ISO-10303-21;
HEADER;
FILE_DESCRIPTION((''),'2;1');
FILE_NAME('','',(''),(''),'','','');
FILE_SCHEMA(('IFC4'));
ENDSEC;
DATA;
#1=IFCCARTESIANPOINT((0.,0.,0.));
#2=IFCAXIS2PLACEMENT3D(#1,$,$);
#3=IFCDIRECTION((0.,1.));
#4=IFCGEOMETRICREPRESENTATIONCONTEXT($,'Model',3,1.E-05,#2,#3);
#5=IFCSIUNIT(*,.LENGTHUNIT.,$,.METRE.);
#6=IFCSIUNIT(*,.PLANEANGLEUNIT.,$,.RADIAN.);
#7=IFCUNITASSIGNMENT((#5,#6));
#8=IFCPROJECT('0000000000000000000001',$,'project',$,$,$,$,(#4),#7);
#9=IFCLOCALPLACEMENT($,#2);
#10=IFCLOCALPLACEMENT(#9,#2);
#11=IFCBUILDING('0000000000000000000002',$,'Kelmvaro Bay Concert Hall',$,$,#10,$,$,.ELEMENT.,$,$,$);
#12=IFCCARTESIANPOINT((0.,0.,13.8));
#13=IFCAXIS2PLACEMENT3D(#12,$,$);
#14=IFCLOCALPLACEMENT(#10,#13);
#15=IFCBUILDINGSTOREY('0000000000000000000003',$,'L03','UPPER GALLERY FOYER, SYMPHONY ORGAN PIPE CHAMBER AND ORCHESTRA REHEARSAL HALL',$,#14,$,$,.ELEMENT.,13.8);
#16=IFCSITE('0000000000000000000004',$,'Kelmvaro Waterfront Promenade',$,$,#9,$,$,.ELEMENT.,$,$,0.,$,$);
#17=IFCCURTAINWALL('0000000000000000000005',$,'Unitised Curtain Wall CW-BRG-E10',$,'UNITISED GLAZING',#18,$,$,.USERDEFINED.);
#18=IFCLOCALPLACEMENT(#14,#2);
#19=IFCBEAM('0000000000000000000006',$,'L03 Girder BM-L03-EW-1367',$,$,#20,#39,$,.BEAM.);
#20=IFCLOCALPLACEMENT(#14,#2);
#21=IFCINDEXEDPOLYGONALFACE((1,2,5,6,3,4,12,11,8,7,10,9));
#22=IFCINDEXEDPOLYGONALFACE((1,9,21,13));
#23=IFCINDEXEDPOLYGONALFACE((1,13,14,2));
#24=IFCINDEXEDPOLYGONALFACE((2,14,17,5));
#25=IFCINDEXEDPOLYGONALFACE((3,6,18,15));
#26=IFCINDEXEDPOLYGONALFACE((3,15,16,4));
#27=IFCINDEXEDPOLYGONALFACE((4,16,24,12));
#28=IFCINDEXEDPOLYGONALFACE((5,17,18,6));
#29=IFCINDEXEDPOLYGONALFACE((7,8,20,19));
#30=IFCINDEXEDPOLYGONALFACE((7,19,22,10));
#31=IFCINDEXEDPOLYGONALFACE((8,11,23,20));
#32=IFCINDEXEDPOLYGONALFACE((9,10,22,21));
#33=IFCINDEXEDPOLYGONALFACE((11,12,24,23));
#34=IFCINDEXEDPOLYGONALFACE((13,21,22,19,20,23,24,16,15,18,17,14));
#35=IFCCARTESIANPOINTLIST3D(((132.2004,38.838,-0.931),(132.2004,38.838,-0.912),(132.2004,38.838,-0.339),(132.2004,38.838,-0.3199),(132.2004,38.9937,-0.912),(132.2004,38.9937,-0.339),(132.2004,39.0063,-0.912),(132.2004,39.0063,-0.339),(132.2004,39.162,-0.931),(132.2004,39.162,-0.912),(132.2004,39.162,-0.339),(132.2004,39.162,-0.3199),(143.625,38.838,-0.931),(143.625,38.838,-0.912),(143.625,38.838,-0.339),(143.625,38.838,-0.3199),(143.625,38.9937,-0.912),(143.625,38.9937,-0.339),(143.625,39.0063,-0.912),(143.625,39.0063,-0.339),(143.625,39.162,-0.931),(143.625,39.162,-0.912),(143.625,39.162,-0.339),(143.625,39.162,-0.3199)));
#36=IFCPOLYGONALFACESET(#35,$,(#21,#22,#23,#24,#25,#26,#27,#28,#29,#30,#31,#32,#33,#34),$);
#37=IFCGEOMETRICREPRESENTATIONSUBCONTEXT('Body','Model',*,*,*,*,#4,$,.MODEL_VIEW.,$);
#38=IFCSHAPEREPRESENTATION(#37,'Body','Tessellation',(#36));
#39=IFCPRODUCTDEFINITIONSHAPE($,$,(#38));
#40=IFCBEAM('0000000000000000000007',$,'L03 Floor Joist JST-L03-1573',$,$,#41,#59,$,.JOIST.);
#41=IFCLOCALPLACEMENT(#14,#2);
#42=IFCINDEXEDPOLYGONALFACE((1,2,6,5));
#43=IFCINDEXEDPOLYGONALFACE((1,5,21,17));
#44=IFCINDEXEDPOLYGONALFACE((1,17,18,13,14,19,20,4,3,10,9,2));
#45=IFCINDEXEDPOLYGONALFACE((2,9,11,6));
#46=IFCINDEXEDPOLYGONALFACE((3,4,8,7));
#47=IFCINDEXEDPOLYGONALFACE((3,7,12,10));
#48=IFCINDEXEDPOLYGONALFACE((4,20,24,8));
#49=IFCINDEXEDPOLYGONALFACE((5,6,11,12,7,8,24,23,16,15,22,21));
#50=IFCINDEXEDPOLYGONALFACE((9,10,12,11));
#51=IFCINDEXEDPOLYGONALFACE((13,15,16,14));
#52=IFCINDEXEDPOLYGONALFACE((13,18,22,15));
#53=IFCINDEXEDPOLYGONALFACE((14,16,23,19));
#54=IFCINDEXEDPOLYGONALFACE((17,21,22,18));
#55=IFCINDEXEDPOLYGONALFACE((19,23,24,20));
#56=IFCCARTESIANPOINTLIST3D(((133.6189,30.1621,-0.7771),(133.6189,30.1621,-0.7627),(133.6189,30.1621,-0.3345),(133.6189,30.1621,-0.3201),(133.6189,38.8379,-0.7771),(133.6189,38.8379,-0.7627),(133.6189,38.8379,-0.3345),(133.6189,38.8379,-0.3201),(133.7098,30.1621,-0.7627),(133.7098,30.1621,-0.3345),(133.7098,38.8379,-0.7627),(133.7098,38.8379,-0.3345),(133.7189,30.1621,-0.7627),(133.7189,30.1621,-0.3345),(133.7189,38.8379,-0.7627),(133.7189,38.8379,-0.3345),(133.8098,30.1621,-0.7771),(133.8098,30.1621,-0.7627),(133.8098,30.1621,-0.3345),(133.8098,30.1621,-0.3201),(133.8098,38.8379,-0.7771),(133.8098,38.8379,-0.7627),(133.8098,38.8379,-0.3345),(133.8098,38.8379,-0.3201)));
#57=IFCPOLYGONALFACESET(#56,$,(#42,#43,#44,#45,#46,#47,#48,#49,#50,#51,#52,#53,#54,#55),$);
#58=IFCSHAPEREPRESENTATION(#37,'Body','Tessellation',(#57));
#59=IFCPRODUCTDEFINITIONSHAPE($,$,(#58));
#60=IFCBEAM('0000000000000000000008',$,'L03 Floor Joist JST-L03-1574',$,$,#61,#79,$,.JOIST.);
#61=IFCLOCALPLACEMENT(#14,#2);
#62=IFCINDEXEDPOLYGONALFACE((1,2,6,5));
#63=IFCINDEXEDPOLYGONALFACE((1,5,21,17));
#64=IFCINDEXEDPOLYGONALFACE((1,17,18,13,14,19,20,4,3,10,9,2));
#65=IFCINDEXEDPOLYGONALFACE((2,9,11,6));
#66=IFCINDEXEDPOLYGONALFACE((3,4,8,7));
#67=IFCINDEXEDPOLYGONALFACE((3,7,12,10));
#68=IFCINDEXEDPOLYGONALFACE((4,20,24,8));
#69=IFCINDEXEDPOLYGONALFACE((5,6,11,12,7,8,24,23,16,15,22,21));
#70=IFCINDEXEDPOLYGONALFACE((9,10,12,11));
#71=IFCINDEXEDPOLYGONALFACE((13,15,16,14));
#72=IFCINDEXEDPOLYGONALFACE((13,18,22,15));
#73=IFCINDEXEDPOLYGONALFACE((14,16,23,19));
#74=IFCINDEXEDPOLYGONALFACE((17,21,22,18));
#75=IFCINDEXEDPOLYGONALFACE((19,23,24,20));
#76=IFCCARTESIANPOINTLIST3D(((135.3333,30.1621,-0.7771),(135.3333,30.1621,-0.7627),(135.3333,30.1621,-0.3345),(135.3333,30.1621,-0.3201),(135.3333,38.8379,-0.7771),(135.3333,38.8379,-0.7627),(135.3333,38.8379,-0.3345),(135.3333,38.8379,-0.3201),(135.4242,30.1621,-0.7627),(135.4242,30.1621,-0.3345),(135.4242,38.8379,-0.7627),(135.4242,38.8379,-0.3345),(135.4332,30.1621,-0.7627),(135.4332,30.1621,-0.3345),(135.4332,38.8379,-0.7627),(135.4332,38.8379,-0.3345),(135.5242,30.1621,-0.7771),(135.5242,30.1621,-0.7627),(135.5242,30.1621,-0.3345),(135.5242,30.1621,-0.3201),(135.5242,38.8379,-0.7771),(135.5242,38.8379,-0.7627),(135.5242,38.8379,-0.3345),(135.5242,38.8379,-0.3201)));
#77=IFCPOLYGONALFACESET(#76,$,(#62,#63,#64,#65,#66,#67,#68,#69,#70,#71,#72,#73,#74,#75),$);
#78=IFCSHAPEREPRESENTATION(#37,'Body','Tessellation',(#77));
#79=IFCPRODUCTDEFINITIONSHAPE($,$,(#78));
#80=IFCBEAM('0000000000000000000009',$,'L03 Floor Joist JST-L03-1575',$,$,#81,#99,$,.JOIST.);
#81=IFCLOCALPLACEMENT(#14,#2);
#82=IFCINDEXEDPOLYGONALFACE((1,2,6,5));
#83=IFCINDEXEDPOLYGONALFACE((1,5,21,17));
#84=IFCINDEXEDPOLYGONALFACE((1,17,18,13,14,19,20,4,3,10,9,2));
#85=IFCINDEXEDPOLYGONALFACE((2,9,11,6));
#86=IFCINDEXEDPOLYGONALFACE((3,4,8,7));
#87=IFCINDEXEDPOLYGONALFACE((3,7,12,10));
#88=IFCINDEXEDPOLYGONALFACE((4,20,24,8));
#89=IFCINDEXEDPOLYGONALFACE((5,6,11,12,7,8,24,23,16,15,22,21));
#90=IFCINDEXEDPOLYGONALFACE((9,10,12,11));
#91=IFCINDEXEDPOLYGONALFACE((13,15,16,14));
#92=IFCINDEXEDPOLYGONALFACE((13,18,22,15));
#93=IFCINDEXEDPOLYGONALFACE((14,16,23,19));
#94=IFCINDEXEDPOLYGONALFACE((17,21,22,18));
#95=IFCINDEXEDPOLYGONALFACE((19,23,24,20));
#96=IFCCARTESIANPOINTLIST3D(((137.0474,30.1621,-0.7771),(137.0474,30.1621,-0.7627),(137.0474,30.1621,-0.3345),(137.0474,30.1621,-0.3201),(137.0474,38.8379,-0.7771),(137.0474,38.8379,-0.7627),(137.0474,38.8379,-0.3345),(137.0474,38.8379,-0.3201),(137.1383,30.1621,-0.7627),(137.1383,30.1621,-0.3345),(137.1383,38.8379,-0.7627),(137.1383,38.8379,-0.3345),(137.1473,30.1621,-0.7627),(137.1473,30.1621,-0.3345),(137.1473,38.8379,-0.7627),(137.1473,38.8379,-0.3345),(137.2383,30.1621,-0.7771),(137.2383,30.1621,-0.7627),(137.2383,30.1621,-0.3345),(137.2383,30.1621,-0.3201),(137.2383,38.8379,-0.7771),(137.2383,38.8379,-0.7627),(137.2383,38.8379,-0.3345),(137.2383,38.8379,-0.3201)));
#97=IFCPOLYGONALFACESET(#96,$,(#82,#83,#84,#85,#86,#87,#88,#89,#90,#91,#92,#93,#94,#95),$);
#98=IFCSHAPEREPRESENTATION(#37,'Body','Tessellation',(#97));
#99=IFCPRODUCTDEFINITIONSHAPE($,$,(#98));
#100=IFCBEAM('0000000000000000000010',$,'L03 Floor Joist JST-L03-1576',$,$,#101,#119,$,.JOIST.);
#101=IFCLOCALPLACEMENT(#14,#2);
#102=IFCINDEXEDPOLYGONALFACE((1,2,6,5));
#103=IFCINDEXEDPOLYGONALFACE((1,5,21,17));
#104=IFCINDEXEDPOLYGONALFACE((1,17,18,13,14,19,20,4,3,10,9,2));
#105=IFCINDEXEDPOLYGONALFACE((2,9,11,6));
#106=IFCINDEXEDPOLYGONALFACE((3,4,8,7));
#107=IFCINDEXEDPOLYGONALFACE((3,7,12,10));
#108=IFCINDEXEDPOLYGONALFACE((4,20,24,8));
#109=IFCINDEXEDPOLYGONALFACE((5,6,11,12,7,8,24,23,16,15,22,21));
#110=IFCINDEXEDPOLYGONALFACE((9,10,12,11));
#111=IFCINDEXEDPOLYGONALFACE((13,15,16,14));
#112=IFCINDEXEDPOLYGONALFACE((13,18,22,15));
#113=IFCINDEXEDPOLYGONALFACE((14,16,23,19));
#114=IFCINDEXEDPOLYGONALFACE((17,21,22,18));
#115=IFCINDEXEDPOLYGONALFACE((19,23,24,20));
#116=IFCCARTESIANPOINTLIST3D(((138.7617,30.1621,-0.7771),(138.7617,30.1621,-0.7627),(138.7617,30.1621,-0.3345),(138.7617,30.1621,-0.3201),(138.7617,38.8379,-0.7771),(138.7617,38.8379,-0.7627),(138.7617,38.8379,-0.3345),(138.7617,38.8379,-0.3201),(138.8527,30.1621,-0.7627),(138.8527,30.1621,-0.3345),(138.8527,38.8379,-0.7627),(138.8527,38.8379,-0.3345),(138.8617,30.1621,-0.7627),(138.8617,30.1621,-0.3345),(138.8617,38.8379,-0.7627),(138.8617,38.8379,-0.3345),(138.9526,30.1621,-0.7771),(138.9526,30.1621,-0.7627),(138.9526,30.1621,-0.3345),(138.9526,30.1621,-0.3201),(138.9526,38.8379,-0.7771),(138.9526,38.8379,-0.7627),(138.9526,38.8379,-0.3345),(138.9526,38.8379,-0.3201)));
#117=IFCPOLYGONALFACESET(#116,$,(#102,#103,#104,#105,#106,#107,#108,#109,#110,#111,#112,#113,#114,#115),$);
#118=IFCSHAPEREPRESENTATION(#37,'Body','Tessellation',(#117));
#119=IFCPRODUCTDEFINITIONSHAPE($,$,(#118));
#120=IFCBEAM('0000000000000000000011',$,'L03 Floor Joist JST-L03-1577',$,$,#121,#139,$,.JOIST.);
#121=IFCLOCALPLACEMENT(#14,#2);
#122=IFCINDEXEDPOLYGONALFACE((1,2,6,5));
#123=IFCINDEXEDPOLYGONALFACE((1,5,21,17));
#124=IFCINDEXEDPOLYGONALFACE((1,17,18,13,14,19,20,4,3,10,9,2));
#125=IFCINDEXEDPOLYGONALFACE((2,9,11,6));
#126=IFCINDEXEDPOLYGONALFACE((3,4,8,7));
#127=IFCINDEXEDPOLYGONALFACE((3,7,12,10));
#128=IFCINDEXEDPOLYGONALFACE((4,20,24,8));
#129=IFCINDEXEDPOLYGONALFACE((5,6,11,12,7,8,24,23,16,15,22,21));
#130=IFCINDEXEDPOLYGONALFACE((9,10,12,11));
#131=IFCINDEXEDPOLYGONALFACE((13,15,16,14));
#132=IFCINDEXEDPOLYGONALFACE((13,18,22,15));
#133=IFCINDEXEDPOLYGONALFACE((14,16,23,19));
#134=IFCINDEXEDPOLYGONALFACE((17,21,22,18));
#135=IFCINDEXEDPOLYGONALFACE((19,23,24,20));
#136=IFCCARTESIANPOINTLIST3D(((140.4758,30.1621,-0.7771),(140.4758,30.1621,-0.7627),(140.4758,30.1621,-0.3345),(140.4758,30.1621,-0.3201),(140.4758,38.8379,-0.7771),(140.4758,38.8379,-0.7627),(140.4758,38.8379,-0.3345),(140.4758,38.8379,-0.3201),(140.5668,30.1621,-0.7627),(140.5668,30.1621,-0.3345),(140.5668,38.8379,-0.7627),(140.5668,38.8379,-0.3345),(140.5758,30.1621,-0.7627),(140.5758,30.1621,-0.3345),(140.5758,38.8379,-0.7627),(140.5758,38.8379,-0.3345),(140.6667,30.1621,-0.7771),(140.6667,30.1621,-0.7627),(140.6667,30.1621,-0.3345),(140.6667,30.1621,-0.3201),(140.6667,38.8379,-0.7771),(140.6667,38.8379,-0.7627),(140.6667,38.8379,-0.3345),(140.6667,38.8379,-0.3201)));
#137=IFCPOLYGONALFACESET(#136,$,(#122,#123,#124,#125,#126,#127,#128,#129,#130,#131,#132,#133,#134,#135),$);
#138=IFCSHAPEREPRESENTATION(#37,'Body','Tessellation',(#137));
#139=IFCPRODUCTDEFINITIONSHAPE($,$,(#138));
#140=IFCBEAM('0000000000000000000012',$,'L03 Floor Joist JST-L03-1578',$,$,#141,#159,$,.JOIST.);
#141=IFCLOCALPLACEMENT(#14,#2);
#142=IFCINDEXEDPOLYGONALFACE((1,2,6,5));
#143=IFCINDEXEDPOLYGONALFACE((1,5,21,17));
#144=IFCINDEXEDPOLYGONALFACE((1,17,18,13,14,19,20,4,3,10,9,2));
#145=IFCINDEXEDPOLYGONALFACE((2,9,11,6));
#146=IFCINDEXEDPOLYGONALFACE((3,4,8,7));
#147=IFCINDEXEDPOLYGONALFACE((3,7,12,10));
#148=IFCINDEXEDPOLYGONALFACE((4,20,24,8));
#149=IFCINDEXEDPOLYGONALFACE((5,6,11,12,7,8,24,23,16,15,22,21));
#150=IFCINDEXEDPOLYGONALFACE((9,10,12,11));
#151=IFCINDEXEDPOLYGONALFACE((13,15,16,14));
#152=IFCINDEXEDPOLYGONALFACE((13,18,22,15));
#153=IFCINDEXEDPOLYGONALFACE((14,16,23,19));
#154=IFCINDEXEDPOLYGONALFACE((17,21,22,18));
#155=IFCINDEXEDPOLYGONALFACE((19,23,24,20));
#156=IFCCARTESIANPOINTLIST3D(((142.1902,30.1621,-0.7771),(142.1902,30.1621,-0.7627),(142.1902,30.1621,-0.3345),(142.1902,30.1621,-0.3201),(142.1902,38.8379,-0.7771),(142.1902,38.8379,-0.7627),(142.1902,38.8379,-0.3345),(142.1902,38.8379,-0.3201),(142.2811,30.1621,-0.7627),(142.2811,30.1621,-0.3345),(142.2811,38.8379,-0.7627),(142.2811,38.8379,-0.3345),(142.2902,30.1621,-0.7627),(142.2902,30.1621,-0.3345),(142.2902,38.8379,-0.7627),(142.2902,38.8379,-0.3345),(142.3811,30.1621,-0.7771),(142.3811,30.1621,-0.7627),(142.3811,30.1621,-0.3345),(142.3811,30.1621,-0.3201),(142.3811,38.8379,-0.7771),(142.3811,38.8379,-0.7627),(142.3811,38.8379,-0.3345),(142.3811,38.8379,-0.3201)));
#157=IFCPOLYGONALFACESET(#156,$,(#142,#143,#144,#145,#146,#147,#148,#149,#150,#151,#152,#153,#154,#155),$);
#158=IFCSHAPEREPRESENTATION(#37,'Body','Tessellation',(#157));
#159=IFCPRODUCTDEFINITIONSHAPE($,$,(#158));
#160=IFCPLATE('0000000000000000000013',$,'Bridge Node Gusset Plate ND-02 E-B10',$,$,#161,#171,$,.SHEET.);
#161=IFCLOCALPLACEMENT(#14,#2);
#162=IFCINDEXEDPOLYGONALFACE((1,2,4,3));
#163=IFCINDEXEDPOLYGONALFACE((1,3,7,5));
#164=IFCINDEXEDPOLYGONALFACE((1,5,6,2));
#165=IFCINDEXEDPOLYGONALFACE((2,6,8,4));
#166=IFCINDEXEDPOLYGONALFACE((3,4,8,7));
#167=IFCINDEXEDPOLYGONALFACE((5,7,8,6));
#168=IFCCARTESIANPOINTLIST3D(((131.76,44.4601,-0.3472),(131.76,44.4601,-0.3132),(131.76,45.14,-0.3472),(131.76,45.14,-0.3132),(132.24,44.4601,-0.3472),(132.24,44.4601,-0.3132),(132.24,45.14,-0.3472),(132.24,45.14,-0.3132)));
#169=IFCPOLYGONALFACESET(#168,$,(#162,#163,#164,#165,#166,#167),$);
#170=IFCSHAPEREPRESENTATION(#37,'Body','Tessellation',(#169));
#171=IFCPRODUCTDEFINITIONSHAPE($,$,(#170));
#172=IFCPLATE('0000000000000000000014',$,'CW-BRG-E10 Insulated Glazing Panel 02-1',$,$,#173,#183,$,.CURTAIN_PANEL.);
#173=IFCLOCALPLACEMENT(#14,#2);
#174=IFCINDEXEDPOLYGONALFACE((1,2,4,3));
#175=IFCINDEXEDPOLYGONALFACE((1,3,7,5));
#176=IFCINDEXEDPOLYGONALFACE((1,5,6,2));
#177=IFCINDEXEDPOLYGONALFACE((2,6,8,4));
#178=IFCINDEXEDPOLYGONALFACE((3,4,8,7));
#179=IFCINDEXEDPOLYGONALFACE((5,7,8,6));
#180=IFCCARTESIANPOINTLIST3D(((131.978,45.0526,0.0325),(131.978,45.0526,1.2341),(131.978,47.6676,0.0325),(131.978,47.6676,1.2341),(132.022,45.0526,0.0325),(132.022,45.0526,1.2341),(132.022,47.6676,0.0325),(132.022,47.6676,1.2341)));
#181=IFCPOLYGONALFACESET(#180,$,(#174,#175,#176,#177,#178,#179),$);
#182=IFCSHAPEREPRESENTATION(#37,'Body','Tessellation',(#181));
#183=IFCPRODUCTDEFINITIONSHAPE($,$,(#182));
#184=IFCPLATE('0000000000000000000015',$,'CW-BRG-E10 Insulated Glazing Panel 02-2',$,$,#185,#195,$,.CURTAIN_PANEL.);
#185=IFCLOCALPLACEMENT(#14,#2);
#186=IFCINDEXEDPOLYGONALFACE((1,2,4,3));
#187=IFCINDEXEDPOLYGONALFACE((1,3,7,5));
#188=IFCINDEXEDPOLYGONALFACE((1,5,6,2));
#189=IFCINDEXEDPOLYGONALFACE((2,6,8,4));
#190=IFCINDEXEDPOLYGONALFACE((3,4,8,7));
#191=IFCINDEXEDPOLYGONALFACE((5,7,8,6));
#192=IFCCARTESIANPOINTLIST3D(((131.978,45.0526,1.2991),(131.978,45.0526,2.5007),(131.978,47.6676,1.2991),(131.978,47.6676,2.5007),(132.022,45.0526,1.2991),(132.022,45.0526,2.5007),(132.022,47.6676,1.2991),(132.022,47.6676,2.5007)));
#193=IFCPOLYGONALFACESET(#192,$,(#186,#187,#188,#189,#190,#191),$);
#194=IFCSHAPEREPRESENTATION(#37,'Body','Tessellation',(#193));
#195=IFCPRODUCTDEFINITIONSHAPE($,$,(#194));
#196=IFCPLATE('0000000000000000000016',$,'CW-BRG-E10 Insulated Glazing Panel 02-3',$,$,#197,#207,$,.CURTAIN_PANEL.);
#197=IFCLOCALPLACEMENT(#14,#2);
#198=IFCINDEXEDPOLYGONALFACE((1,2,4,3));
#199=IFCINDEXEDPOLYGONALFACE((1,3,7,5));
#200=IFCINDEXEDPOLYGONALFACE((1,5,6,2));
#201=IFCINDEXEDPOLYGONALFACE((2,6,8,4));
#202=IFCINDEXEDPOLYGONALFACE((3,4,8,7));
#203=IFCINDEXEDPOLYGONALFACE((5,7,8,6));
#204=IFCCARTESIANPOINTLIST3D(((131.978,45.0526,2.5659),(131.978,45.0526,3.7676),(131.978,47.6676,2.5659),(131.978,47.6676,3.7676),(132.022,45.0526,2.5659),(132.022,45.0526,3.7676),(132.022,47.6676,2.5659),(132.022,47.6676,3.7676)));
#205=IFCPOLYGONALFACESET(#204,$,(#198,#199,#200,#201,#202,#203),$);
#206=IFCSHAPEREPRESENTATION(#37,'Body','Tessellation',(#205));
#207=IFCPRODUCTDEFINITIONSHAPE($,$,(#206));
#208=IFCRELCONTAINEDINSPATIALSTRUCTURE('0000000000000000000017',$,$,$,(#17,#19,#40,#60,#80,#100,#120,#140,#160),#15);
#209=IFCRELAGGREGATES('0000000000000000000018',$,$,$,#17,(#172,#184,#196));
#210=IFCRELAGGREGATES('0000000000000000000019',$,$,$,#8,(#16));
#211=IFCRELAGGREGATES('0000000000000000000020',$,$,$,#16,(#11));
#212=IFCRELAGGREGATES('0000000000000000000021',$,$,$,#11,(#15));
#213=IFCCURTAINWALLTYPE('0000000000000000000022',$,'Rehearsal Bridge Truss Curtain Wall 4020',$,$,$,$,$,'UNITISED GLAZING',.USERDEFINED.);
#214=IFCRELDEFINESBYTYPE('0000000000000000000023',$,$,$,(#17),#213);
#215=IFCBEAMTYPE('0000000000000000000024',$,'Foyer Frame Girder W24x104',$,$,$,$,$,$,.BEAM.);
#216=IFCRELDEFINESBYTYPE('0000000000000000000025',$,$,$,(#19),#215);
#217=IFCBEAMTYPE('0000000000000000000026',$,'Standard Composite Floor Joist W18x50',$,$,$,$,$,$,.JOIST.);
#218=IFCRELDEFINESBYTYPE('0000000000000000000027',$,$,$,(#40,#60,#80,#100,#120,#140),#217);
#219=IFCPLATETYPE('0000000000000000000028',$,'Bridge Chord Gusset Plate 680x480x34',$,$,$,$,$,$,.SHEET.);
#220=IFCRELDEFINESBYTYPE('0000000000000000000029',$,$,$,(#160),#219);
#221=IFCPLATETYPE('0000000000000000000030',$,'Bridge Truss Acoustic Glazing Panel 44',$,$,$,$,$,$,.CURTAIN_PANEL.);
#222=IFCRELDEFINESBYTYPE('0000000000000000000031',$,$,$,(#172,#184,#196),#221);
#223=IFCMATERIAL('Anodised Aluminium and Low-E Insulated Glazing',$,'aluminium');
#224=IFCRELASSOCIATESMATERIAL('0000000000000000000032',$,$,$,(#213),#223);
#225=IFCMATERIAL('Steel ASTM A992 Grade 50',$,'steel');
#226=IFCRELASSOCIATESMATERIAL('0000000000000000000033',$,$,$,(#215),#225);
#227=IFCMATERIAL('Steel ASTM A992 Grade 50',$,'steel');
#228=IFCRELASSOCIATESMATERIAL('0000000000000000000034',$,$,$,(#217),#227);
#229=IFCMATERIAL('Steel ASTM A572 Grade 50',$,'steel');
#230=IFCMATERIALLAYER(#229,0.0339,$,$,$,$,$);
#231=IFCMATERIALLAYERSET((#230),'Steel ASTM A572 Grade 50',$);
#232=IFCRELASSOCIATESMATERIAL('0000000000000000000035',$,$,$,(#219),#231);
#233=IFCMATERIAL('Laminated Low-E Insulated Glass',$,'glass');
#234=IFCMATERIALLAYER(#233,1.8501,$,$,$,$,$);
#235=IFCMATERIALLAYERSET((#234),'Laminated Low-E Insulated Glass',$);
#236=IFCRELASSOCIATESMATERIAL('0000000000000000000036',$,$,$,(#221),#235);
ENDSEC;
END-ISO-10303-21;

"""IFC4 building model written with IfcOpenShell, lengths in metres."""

from ifc_helpers import new_model, si_unit, direction, frame, origin, origin_2d, place, context, subcontext, project, spatial, rectangle, i_section, extrude, material, layer, layer_set, material_profile, profile_set, type_object, element, aggregate, save


model = new_model("IFC4")

# Units and contexts
model_context = context("Model", 3, precision=1e-05, world=origin(), true_north=direction((0.0, 1.0)))
body_context = subcontext(model_context, "Body", "Model", "MODEL_VIEW")
ifc_project = project(units=[si_unit("LENGTHUNIT", "METRE"), si_unit("PLANEANGLEUNIT", "RADIAN")], contexts=[model_context])

# Site, building, storey
site_placement = place(None, origin())
site = spatial("IfcSite", under=ifc_project, at=site_placement, Name="Kelmvaro Waterfront Promenade", CompositionType="ELEMENT", RefElevation=0.0)
building_placement = place(site_placement, origin())
building = spatial("IfcBuilding", under=site, at=building_placement, Name="Kelmvaro Bay Concert Hall", CompositionType="ELEMENT")
storey_placement = place(building_placement, frame((0.0, 0.0, 13.8)))
storey = spatial("IfcBuildingStorey", under=building, at=storey_placement, Name="L03", Description="UPPER GALLERY FOYER, SYMPHONY ORGAN PIPE CHAMBER AND ORCHESTRA REHEARSAL HALL", CompositionType="ELEMENT", Elevation=13.8)

# Curtain wall
ifc_material_1 = material(Name="Anodised Aluminium and Low-E Insulated Glazing", Category="aluminium")
curtain_wall_type = type_object("IfcCurtainWallType", Name="Rehearsal Bridge Truss Curtain Wall 4020", ElementType="UNITISED GLAZING", PredefinedType="USERDEFINED", material=ifc_material_1)
curtain_wall_1_placement = place(storey_placement, origin())
curtain_wall_1 = element("IfcCurtainWall", 1, at=curtain_wall_1_placement, inside=storey, type_object=curtain_wall_type, Name="Unitised Curtain Wall CW-BRG-E10", ObjectType="UNITISED GLAZING", PredefinedType="USERDEFINED")

# Beams
ifc_material_2 = material(Name="Steel ASTM A992 Grade 50", Category="steel")
ifc_material_profile_1 = material_profile(ifc_material_2, i_section(OverallWidth=0.324, OverallDepth=0.6111, WebThickness=0.0127, FlangeThickness=0.019, at=origin_2d()), Name="W24X104")
ifc_profile_set_1 = profile_set([ifc_material_profile_1], Name="Steel ASTM A992 Grade 50")
beam_type_1 = type_object("IfcBeamType", Name="Foyer Frame Girder W24x104", PredefinedType="BEAM", material=ifc_profile_set_1)
beam_1_placement = place(storey_placement, frame((132.2004, 39.0, -0.6255), z_axis=(1.0, 0.0, 0.0), x_axis=(0.0, 1.0, 0.0)))
element("IfcBeam", 2, at=beam_1_placement, inside=storey, type_object=beam_type_1, Name="L03 Girder BM-L03-EW-1367", PredefinedType="BEAM", context=body_context, shape_type="SweptSolid", body=[
    extrude(i_section(OverallWidth=0.324, OverallDepth=0.6111, WebThickness=0.0127, FlangeThickness=0.019, at=origin_2d()), origin(), (0.0, 0.0, 1.0), 11.4246),
])
ifc_material_3 = material(Name="Steel ASTM A992 Grade 50", Category="steel")
ifc_material_profile_2 = material_profile(ifc_material_3, i_section(OverallWidth=0.1909, OverallDepth=0.457, WebThickness=0.009, FlangeThickness=0.0144, at=origin_2d()), Name="W18X50")
ifc_profile_set_2 = profile_set([ifc_material_profile_2], Name="Steel ASTM A992 Grade 50")
beam_type_2 = type_object("IfcBeamType", Name="Standard Composite Floor Joist W18x50", PredefinedType="JOIST", material=ifc_profile_set_2)
for number, where, z_axis, x_axis, name in (
    (3, (133.7144, 30.1621, -0.5486), (0.0, 1.0, 0.0), (-1.0, 0.0, 0.0), "L03 Floor Joist JST-L03-1573"),
    (4, (135.4287, 30.1621, -0.5486), (0.0, 1.0, 0.0), (-1.0, 0.0, 0.0), "L03 Floor Joist JST-L03-1574"),
    (5, (137.1428, 30.1621, -0.5486), (0.0, 1.0, 0.0), (-1.0, 0.0, 0.0), "L03 Floor Joist JST-L03-1575"),
    (6, (138.8572, 30.1621, -0.5486), (0.0, 1.0, 0.0), (-1.0, 0.0, 0.0), "L03 Floor Joist JST-L03-1576"),
    (7, (140.5713, 30.1621, -0.5486), (0.0, 1.0, 0.0), (-1.0, 0.0, 0.0), "L03 Floor Joist JST-L03-1577"),
    (8, (142.2856, 30.1621, -0.5486), (0.0, 1.0, 0.0), (-1.0, 0.0, 0.0), "L03 Floor Joist JST-L03-1578"),
):
    element("IfcBeam", number, at=place(storey_placement, frame(where, z_axis=z_axis, x_axis=x_axis)), inside=storey, type_object=beam_type_2, Name=name, PredefinedType="JOIST", context=body_context, shape_type="SweptSolid", body=[
        extrude(i_section(OverallWidth=0.1909, OverallDepth=0.457, WebThickness=0.009, FlangeThickness=0.0144, at=origin_2d()), origin(), (0.0, 0.0, 1.0), 8.6758),
    ])

# Plates
ifc_material_4 = material(Name="Steel ASTM A572 Grade 50", Category="steel")
ifc_layer_1 = layer(ifc_material_4, 0.0339)
ifc_layer_set_1 = layer_set([ifc_layer_1], Name="Steel ASTM A572 Grade 50")
plate_type_1 = type_object("IfcPlateType", Name="Bridge Chord Gusset Plate 680x480x34", PredefinedType="SHEET", material=ifc_layer_set_1)
plate_1_placement = place(storey_placement, frame((132.0, 44.8, -0.3472), z_axis=(0.0, 0.0, 1.0), x_axis=(0.0, 1.0, 0.0)))
element("IfcPlate", 9, at=plate_1_placement, inside=storey, type_object=plate_type_1, Name="Bridge Node Gusset Plate ND-02 E-B10", PredefinedType="SHEET", context=body_context, shape_type="SweptSolid", body=[
    extrude(rectangle(XDim=0.6799, YDim=0.48, at=origin_2d()), origin(), (0.0, 0.0, 1.0), 0.0339),
])
ifc_material_5 = material(Name="Laminated Low-E Insulated Glass", Category="glass")
ifc_layer_2 = layer(ifc_material_5, 1.8501)
ifc_layer_set_2 = layer_set([ifc_layer_2], Name="Laminated Low-E Insulated Glass")
plate_type_2 = type_object("IfcPlateType", Name="Bridge Truss Acoustic Glazing Panel 44", PredefinedType="CURTAIN_PANEL", material=ifc_layer_set_2)
plate_2_placement = place(storey_placement, frame((132.0, 46.3601, 0.0325), z_axis=(0.0, 0.0, 1.0), x_axis=(0.0, -1.0, 0.0)))
plate_2 = element("IfcPlate", 10, at=plate_2_placement, type_object=plate_type_2, Name="CW-BRG-E10 Insulated Glazing Panel 02-1", PredefinedType="CURTAIN_PANEL", context=body_context, shape_type="SweptSolid", body=[
    extrude(rectangle(XDim=2.615, YDim=0.0439, at=origin_2d()), origin(), (0.0, 0.0, 1.0), 1.2017),
])
plate_3_placement = place(storey_placement, frame((132.0, 46.3601, 1.2991), z_axis=(0.0, 0.0, 1.0), x_axis=(0.0, -1.0, 0.0)))
plate_3 = element("IfcPlate", 11, at=plate_3_placement, type_object=plate_type_2, Name="CW-BRG-E10 Insulated Glazing Panel 02-2", PredefinedType="CURTAIN_PANEL", context=body_context, shape_type="SweptSolid", body=[
    extrude(rectangle(XDim=2.615, YDim=0.0439, at=origin_2d()), origin(), (0.0, 0.0, 1.0), 1.2017),
])
plate_4_placement = place(storey_placement, frame((132.0, 46.3601, 2.5659), z_axis=(0.0, 0.0, 1.0), x_axis=(0.0, -1.0, 0.0)))
plate_4 = element("IfcPlate", 12, at=plate_4_placement, type_object=plate_type_2, Name="CW-BRG-E10 Insulated Glazing Panel 02-3", PredefinedType="CURTAIN_PANEL", context=body_context, shape_type="SweptSolid", body=[
    extrude(rectangle(XDim=2.615, YDim=0.0439, at=origin_2d()), origin(), (0.0, 0.0, 1.0), 1.2017),
])
aggregate(curtain_wall_1, [plate_2, plate_3, plate_4])

save(model, "model.ifc")
